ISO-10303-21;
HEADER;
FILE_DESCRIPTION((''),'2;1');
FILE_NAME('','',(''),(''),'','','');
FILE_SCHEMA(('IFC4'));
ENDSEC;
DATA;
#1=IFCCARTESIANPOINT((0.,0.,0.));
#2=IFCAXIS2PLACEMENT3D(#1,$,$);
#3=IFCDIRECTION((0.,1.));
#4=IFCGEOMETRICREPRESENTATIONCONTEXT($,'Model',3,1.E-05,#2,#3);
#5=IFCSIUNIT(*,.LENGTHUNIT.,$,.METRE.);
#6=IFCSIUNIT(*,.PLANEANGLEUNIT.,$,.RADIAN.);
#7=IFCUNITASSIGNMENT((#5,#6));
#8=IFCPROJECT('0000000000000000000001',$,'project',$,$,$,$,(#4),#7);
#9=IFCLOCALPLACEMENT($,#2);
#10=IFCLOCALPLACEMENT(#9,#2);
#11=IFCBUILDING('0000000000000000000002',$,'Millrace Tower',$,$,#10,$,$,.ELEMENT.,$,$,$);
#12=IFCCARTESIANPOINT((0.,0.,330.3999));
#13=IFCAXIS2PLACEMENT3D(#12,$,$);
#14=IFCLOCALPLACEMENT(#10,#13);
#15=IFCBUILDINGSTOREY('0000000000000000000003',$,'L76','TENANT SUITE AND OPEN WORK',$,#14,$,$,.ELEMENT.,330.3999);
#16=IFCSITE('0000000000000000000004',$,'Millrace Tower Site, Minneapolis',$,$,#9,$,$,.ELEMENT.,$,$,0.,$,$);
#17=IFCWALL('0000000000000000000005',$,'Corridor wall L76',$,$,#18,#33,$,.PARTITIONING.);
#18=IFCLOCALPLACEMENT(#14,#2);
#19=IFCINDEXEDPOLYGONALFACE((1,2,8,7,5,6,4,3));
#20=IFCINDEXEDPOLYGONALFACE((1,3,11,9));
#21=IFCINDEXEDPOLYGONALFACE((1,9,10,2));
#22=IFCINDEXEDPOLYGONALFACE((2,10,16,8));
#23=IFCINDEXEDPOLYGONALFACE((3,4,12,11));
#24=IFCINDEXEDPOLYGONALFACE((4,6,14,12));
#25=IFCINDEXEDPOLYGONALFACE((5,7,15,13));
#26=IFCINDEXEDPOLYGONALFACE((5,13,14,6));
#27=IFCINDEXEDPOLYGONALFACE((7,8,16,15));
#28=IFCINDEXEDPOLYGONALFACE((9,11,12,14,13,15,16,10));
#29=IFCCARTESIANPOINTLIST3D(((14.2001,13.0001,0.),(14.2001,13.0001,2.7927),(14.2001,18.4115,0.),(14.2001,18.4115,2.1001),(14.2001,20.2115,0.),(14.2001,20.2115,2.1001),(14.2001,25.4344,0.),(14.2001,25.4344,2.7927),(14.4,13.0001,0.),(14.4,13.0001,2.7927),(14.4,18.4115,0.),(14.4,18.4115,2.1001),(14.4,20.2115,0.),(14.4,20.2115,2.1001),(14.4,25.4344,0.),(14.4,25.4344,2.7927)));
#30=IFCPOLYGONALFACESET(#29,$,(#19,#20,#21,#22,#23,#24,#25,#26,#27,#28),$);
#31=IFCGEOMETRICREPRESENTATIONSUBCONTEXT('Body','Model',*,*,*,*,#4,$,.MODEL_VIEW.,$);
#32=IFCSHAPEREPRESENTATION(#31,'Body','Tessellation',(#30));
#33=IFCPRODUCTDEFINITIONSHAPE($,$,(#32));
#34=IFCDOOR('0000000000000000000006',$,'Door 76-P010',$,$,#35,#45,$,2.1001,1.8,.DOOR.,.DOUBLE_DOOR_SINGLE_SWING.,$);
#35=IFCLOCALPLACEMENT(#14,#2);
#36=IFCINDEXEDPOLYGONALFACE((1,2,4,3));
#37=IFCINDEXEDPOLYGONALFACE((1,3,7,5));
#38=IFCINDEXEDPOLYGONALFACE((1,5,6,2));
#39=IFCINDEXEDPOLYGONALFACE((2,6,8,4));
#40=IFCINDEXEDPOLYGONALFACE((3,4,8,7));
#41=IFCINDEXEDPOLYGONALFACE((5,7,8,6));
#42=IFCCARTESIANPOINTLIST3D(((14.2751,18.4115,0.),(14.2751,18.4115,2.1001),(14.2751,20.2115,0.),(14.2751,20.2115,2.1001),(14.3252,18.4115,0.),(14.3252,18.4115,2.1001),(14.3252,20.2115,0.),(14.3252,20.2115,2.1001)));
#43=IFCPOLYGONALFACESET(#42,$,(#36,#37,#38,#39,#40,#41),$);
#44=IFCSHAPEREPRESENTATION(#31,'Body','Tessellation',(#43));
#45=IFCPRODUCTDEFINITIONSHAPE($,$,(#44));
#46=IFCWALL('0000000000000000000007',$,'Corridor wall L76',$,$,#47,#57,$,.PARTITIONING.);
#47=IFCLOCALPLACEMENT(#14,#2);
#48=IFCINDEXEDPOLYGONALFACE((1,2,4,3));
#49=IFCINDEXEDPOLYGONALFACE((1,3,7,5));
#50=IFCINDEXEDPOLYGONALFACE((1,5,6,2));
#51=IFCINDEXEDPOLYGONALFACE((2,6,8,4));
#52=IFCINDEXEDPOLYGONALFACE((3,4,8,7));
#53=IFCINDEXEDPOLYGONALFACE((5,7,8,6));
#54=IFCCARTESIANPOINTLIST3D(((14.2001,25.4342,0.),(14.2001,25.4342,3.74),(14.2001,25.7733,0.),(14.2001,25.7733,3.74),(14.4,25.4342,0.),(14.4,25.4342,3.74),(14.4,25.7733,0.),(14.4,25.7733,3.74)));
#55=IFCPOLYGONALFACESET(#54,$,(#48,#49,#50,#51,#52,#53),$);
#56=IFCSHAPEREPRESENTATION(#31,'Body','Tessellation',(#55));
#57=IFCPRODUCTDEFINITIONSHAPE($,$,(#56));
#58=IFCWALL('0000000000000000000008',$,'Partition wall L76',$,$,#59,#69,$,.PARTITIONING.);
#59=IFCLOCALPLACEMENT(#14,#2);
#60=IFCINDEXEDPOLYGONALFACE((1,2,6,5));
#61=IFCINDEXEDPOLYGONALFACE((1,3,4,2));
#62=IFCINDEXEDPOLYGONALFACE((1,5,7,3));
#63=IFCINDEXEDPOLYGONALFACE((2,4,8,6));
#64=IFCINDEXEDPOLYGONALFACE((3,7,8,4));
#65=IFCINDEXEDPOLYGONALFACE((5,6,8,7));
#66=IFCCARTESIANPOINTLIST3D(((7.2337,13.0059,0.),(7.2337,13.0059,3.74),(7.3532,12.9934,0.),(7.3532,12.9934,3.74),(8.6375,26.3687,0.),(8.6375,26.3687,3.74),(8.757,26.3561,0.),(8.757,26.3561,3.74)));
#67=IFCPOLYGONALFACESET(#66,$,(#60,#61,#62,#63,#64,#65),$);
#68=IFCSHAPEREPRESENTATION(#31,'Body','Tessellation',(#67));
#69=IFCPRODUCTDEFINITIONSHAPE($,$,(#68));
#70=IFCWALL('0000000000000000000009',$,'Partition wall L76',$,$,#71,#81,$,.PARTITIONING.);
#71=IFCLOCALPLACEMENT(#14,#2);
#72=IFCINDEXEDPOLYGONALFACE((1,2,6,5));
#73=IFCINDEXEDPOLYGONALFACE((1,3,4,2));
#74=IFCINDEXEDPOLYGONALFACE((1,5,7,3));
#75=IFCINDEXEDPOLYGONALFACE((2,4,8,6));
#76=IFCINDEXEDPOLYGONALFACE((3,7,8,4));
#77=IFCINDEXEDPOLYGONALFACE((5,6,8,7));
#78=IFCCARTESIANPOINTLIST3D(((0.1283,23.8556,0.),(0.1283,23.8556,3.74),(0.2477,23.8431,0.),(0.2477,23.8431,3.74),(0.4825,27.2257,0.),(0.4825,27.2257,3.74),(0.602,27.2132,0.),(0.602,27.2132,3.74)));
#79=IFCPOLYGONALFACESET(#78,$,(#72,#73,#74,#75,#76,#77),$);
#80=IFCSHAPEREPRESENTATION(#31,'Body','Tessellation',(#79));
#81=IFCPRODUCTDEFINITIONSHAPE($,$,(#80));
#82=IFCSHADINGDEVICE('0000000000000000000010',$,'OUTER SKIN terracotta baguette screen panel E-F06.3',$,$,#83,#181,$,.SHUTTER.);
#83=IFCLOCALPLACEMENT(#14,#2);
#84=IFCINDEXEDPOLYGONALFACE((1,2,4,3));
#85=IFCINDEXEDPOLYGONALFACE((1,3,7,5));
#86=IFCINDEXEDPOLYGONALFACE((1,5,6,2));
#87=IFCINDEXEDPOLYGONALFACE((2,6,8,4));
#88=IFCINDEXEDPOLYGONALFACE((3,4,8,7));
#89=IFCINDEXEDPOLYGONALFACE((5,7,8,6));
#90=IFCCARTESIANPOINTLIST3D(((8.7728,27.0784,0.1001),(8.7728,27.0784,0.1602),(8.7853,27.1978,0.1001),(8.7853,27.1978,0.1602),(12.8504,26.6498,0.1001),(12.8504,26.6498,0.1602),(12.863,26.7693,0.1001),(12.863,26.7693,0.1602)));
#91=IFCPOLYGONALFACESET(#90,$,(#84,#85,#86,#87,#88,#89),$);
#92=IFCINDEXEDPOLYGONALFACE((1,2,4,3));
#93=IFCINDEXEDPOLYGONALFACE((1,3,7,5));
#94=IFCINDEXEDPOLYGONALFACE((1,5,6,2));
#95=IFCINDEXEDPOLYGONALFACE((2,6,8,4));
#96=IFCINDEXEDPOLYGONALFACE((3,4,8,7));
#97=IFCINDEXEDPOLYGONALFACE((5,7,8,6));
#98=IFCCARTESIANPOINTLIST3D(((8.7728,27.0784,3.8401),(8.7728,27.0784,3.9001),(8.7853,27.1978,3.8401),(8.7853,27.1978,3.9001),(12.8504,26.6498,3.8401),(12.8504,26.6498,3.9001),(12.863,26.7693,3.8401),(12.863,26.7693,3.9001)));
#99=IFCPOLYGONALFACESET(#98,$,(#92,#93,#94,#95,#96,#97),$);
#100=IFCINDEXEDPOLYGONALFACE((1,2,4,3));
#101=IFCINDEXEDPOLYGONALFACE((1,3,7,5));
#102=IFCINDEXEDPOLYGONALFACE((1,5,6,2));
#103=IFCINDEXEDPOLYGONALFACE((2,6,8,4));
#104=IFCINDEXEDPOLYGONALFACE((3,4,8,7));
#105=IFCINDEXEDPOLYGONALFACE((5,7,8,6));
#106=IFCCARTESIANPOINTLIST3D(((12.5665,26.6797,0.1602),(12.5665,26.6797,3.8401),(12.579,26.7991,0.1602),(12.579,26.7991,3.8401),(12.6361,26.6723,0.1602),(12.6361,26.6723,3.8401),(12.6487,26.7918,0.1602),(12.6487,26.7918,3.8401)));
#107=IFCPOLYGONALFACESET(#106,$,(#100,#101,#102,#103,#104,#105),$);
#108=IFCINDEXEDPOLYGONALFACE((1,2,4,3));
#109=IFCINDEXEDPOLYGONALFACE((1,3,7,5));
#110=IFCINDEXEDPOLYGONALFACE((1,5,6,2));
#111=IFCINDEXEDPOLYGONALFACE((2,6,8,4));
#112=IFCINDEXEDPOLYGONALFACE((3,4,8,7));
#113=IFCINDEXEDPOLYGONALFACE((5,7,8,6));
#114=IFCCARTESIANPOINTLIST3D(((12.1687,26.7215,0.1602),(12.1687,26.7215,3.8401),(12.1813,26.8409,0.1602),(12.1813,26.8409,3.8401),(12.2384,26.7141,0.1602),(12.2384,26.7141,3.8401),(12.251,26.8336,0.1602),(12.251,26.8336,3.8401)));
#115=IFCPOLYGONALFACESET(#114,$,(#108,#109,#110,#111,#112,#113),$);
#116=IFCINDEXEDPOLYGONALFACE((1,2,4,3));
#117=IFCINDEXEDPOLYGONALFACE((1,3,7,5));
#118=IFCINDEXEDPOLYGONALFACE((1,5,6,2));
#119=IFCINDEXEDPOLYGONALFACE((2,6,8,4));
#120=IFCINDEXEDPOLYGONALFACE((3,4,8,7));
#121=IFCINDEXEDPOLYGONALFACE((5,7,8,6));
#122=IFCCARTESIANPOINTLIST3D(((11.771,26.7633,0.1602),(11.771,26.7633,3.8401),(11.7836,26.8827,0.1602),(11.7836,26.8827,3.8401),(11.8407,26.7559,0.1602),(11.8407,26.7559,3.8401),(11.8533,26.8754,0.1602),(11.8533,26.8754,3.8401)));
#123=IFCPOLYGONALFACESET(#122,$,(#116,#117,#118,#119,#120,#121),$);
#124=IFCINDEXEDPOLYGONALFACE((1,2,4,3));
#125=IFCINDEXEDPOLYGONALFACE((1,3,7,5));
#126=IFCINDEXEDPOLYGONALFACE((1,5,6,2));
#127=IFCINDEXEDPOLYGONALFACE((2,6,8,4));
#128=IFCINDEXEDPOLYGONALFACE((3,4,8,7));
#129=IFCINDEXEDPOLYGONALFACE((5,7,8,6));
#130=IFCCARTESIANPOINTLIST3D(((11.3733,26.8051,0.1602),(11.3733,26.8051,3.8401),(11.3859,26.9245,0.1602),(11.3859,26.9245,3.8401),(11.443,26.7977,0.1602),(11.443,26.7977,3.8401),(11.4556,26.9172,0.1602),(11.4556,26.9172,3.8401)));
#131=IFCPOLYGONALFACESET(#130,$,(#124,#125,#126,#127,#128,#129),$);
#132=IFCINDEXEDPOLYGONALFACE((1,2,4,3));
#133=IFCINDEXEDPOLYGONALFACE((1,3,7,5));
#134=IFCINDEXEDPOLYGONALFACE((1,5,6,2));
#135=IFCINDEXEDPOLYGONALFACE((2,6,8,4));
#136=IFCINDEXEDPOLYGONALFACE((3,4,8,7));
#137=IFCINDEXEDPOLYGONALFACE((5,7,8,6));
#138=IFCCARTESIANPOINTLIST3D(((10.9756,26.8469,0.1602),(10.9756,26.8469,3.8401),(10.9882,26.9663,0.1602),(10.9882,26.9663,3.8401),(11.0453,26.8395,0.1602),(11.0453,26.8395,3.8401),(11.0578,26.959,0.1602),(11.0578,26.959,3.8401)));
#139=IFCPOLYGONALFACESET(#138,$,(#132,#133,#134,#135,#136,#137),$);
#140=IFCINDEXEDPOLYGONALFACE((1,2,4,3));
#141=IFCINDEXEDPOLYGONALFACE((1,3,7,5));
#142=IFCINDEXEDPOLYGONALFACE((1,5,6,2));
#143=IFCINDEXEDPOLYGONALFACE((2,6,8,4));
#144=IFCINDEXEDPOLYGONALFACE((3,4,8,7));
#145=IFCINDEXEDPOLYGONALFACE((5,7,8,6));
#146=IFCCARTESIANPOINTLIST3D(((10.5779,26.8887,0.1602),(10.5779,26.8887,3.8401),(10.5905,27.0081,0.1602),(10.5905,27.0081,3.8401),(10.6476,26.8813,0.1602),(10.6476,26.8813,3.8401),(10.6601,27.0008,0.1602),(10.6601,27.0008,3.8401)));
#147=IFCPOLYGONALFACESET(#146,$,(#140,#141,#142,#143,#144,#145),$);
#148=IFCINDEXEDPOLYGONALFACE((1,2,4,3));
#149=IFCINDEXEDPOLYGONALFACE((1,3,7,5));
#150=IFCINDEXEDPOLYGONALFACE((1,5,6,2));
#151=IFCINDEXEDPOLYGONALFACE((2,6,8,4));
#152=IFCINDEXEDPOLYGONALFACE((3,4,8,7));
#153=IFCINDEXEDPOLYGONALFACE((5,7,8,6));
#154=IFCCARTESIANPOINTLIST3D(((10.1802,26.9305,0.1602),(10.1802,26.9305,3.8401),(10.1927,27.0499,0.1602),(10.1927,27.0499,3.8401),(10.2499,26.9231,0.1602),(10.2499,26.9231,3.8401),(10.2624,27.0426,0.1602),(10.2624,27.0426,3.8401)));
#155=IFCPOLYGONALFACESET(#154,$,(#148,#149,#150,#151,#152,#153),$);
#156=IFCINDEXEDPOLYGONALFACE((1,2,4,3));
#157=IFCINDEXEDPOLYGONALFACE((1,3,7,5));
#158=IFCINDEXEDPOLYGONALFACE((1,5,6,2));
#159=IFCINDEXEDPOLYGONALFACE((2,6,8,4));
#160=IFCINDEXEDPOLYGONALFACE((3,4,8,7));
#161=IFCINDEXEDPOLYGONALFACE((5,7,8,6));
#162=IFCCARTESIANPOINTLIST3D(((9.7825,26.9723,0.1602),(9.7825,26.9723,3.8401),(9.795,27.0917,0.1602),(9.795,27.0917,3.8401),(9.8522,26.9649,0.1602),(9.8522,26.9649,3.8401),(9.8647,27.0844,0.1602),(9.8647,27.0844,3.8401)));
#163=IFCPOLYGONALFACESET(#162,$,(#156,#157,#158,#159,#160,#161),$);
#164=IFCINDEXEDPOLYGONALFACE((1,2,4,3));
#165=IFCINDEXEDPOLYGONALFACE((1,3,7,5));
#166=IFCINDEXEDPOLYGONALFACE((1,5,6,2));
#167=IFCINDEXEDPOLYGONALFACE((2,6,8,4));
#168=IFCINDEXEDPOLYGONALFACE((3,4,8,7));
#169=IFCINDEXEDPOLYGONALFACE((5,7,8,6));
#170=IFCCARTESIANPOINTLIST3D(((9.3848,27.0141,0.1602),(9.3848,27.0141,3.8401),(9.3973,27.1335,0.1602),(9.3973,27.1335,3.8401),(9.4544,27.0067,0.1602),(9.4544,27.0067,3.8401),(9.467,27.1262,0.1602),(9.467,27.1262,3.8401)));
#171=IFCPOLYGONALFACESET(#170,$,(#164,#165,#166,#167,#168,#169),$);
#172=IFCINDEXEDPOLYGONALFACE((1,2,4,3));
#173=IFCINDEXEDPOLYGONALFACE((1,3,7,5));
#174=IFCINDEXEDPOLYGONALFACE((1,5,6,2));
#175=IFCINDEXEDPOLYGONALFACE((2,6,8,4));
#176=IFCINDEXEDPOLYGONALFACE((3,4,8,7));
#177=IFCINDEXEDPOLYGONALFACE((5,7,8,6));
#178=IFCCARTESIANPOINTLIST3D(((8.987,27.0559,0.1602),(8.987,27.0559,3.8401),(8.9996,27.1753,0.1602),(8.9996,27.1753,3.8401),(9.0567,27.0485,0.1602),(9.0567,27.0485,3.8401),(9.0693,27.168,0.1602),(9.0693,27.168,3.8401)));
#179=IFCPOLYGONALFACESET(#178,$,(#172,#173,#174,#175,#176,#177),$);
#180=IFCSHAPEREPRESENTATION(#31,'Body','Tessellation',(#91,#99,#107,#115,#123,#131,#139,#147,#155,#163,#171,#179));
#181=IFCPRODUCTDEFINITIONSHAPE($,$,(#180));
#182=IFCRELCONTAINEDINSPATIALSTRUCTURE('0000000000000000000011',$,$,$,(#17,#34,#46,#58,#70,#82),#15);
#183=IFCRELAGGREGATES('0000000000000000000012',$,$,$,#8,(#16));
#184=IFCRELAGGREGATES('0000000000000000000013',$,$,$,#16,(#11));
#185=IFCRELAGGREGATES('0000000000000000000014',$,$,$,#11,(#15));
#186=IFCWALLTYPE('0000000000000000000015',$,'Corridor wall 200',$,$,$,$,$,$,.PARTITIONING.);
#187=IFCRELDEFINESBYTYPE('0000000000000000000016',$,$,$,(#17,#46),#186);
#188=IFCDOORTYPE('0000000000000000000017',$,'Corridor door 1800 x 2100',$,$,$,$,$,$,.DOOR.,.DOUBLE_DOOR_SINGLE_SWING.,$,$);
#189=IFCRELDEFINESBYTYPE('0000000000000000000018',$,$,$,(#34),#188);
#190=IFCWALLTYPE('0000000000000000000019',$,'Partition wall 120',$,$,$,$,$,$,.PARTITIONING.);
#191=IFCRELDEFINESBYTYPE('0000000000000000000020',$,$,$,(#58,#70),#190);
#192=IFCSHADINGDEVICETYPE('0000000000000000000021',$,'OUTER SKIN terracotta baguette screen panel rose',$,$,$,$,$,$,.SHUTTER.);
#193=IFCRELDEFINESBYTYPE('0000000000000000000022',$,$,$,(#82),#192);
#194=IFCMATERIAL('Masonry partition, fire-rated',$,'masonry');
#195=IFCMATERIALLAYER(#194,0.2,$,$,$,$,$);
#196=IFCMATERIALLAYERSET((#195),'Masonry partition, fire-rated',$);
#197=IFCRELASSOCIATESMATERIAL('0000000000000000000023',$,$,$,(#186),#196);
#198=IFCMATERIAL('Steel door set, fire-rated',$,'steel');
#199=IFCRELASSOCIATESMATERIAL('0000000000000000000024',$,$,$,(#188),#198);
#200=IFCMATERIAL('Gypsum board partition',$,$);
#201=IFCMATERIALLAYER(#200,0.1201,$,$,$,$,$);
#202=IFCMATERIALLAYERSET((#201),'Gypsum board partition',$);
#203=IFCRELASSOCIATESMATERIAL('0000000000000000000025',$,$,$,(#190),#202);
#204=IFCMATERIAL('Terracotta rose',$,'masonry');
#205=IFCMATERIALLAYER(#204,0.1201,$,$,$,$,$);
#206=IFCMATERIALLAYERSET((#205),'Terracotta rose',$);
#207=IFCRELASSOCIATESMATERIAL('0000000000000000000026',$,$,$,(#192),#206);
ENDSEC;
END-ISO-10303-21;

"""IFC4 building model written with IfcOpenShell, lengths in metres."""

from ifc_helpers import new_model, entity, si_unit, direction, frame, frame_2d, origin, place, context, subcontext, project, spatial, rectangle, extrude, source, transform, mapped, material, layer, layer_set, type_object, element, fill, save


model = new_model("IFC4")

# Units and contexts
model_context = context("Model", 3, precision=1e-05, world=origin(), true_north=direction((0.0, 1.0)))
body_context = subcontext(model_context, "Body", "Model", "MODEL_VIEW")
ifc_project = project(units=[si_unit("LENGTHUNIT", "METRE"), si_unit("PLANEANGLEUNIT", "RADIAN")], contexts=[model_context])

# Site, building, storey
site_placement = place(None, origin())
site = spatial("IfcSite", under=ifc_project, at=site_placement, Name="Millrace Tower Site, Minneapolis", CompositionType="ELEMENT", RefElevation=0.0)
building_placement = place(site_placement, origin())
building = spatial("IfcBuilding", under=site, at=building_placement, Name="Millrace Tower", CompositionType="ELEMENT")
storey_placement = place(building_placement, frame((0.0, 0.0, 330.3999)))
storey = spatial("IfcBuildingStorey", under=building, at=storey_placement, Name="L76", Description="TENANT SUITE AND OPEN WORK", CompositionType="ELEMENT", Elevation=330.3999)

# Shared definitions
ifc_material_1 = material(Name="Masonry partition, fire-rated", Category="masonry")
ifc_layer_1 = layer(ifc_material_1, 0.2)
ifc_layer_set_1 = layer_set([ifc_layer_1], Name="Masonry partition, fire-rated")
wall_type_1 = type_object("IfcWallType", Name="Corridor wall 200", PredefinedType="PARTITIONING", material=ifc_layer_set_1)

# Wall, opening, door
wall_1_placement = place(storey_placement, frame((14.3, 13.0, 0.0), z_axis=(0.0, 0.0, 1.0), x_axis=(0.0, 1.0, 0.0)))
wall_1 = element("IfcWall", 1, at=wall_1_placement, inside=storey, type_object=wall_type_1, Name="Corridor wall L76", PredefinedType="PARTITIONING", context=body_context, shape_type="SweptSolid", body=[
    extrude(rectangle(XDim=12.4343, YDim=0.2, at=frame_2d((6.2173, 0.0))), origin(), (0.0, 0.0, 1.0), 2.7927),
])
opening_placement = place(wall_1_placement, frame((5.4116, 0.0, 0.0)))
opening = element("IfcOpeningElement", 2, at=opening_placement, cuts=wall_1, PredefinedType="OPENING", context=body_context, shape_type="SweptSolid", body=[
    extrude(rectangle(XDim=1.8, YDim=2.1001, at=frame_2d((0.8999, 1.05))), frame((0.0, 0.1099, 0.0), z_axis=(0.0, -1.0, 0.0), x_axis=(1.0, 0.0, 0.0)), (0.0, 0.0, 1.0), 0.22),
])
ifc_material_2 = material(Name="Steel door set, fire-rated", Category="steel")
door_type = type_object("IfcDoorType", Name="Corridor door 1800 x 2100", OperationType="DOUBLE_DOOR_SINGLE_SWING", PredefinedType="DOOR", material=ifc_material_2)
door_placement = place(opening_placement, origin())
door = element("IfcDoor", 3, at=door_placement, inside=storey, type_object=door_type, Name="Door 76-P010", OperationType="DOUBLE_DOOR_SINGLE_SWING", OverallHeight=2.1001, OverallWidth=1.8, PredefinedType="DOOR", context=body_context, shape_type="SweptSolid", body=[
    extrude(rectangle(XDim=1.8, YDim=2.1001, at=frame_2d((0.8999, 1.05))), frame((0.0, 0.0249, 0.0), z_axis=(0.0, -1.0, 0.0), x_axis=(1.0, 0.0, 0.0)), (0.0, 0.0, 1.0), 0.05),
])
fill(opening, door)

# Walls
wall_2_placement = place(storey_placement, frame((14.3, 25.4343, 0.0), z_axis=(0.0, 0.0, 1.0), x_axis=(0.0, 1.0, 0.0)))
element("IfcWall", 4, at=wall_2_placement, inside=storey, type_object=wall_type_1, Name="Corridor wall L76", PredefinedType="PARTITIONING", context=body_context, shape_type="SweptSolid", body=[
    extrude(rectangle(XDim=0.3391, YDim=0.2, at=frame_2d((0.1694, 0.0))), origin(), (0.0, 0.0, 1.0), 3.74),
])
ifc_material_3 = material(Name="Gypsum board partition")
ifc_layer_2 = layer(ifc_material_3, 0.1201)
ifc_layer_set_2 = layer_set([ifc_layer_2], Name="Gypsum board partition")
wall_type_2 = type_object("IfcWallType", Name="Partition wall 120", PredefinedType="PARTITIONING", material=ifc_layer_set_2)
wall_3_placement = place(storey_placement, frame((7.2935, 12.9995, 0.0), z_axis=(0.0, 0.0, 1.0), x_axis=(0.104479, 0.994527, 0.0)))
element("IfcWall", 5, at=wall_3_placement, inside=storey, type_object=wall_type_2, Name="Partition wall L76", PredefinedType="PARTITIONING", context=body_context, shape_type="SweptSolid", body=[
    extrude(rectangle(XDim=13.4363, YDim=0.1201, at=frame_2d((6.7183, 0.0))), origin(), (0.0, 0.0, 1.0), 3.74),
])
wall_4_placement = place(storey_placement, frame((0.188, 23.8494, 0.0), z_axis=(0.0, 0.0, 1.0), x_axis=(0.104539, 0.994521, 0.0)))
element("IfcWall", 6, at=wall_4_placement, inside=storey, type_object=wall_type_2, Name="Partition wall L76", PredefinedType="PARTITIONING", context=body_context, shape_type="SweptSolid", body=[
    extrude(rectangle(XDim=3.3887, YDim=0.1201, at=frame_2d((1.6943, 0.0))), origin(), (0.0, 0.0, 1.0), 3.74),
])

# Shading device
ifc_material_4 = material(Name="Terracotta rose", Category="masonry")
ifc_layer_3 = layer(ifc_material_4, 0.1201)
ifc_layer_set_3 = layer_set([ifc_layer_3], Name="Terracotta rose")
shading_device_type = type_object("IfcShadingDeviceType", Name="OUTER SKIN terracotta baguette screen panel rose", PredefinedType="SHUTTER", material=ifc_layer_set_3)
cartesian_point = entity("IfcCartesianPoint", [-2.05, 0.0601])
shared_polyline = entity("IfcPolyline", [cartesian_point, entity("IfcCartesianPoint", [2.05, 0.0601]), entity("IfcCartesianPoint", [2.05, -0.0601]), entity("IfcCartesianPoint", [-2.05, -0.0601]), cartesian_point])
shared_shape = source(origin(), body_context, "Body", "SweptSolid", [
    entity("IfcExtrudedAreaSolid", entity("IfcArbitraryClosedProfileDef", "AREA", None, shared_polyline), entity("IfcAxis2Placement3D", entity("IfcCartesianPoint", [0.0, 0.0, 0.0])), entity("IfcDirection", [0.0, 0.0, 1.0]), 0.0601),
    entity("IfcExtrudedAreaSolid", entity("IfcArbitraryClosedProfileDef", "AREA", None, shared_polyline), entity("IfcAxis2Placement3D", entity("IfcCartesianPoint", [0.0, 0.0, 3.74])), entity("IfcDirection", [0.0, 0.0, 1.0]), 0.0601),
    extrude(rectangle(XDim=0.0701, YDim=0.1201, at=frame_2d((-1.7996, 0.0))), frame((0.0, 0.0, 0.0601)), (0.0, 0.0, 1.0), 3.6799),
    extrude(rectangle(XDim=0.0701, YDim=0.1201, at=frame_2d((-1.3997, 0.0))), frame((0.0, 0.0, 0.0601)), (0.0, 0.0, 1.0), 3.6799),
    extrude(rectangle(XDim=0.0701, YDim=0.1201, at=frame_2d((-0.9998, 0.0))), frame((0.0, 0.0, 0.0601)), (0.0, 0.0, 1.0), 3.6799),
    extrude(rectangle(XDim=0.0701, YDim=0.1201, at=frame_2d((-0.5999, 0.0))), frame((0.0, 0.0, 0.0601)), (0.0, 0.0, 1.0), 3.6799),
    extrude(rectangle(XDim=0.0701, YDim=0.1201, at=frame_2d((-0.2, 0.0))), frame((0.0, 0.0, 0.0601)), (0.0, 0.0, 1.0), 3.6799),
    extrude(rectangle(XDim=0.0701, YDim=0.1201, at=frame_2d((0.2, 0.0))), frame((0.0, 0.0, 0.0601)), (0.0, 0.0, 1.0), 3.6799),
    extrude(rectangle(XDim=0.0701, YDim=0.1201, at=frame_2d((0.5999, 0.0))), frame((0.0, 0.0, 0.0601)), (0.0, 0.0, 1.0), 3.6799),
    extrude(rectangle(XDim=0.0701, YDim=0.1201, at=frame_2d((0.9998, 0.0))), frame((0.0, 0.0, 0.0601)), (0.0, 0.0, 1.0), 3.6799),
    extrude(rectangle(XDim=0.0701, YDim=0.1201, at=frame_2d((1.3997, 0.0))), frame((0.0, 0.0, 0.0601)), (0.0, 0.0, 1.0), 3.6799),
    extrude(rectangle(XDim=0.0701, YDim=0.1201, at=frame_2d((1.7996, 0.0))), frame((0.0, 0.0, 0.0601)), (0.0, 0.0, 1.0), 3.6799),
])
for number, where, z_axis, x_axis, name in (
    (7, (10.8179, 26.9238, 0.1001), (0.0, 0.0, 1.0), (-0.994522, 0.104528, 0.0), "OUTER SKIN terracotta baguette screen panel E-F06.3"),
):
    element("IfcShadingDevice", number, at=place(storey_placement, frame(where, z_axis=z_axis, x_axis=x_axis)), inside=storey, type_object=shading_device_type, Name=name, PredefinedType="SHUTTER", context=body_context, shape_type="MappedRepresentation", body=[
        mapped(shared_shape, transform((0.0, 0.0, 0.0), scale=1.0)),
    ])

save(model, "model.ifc")
